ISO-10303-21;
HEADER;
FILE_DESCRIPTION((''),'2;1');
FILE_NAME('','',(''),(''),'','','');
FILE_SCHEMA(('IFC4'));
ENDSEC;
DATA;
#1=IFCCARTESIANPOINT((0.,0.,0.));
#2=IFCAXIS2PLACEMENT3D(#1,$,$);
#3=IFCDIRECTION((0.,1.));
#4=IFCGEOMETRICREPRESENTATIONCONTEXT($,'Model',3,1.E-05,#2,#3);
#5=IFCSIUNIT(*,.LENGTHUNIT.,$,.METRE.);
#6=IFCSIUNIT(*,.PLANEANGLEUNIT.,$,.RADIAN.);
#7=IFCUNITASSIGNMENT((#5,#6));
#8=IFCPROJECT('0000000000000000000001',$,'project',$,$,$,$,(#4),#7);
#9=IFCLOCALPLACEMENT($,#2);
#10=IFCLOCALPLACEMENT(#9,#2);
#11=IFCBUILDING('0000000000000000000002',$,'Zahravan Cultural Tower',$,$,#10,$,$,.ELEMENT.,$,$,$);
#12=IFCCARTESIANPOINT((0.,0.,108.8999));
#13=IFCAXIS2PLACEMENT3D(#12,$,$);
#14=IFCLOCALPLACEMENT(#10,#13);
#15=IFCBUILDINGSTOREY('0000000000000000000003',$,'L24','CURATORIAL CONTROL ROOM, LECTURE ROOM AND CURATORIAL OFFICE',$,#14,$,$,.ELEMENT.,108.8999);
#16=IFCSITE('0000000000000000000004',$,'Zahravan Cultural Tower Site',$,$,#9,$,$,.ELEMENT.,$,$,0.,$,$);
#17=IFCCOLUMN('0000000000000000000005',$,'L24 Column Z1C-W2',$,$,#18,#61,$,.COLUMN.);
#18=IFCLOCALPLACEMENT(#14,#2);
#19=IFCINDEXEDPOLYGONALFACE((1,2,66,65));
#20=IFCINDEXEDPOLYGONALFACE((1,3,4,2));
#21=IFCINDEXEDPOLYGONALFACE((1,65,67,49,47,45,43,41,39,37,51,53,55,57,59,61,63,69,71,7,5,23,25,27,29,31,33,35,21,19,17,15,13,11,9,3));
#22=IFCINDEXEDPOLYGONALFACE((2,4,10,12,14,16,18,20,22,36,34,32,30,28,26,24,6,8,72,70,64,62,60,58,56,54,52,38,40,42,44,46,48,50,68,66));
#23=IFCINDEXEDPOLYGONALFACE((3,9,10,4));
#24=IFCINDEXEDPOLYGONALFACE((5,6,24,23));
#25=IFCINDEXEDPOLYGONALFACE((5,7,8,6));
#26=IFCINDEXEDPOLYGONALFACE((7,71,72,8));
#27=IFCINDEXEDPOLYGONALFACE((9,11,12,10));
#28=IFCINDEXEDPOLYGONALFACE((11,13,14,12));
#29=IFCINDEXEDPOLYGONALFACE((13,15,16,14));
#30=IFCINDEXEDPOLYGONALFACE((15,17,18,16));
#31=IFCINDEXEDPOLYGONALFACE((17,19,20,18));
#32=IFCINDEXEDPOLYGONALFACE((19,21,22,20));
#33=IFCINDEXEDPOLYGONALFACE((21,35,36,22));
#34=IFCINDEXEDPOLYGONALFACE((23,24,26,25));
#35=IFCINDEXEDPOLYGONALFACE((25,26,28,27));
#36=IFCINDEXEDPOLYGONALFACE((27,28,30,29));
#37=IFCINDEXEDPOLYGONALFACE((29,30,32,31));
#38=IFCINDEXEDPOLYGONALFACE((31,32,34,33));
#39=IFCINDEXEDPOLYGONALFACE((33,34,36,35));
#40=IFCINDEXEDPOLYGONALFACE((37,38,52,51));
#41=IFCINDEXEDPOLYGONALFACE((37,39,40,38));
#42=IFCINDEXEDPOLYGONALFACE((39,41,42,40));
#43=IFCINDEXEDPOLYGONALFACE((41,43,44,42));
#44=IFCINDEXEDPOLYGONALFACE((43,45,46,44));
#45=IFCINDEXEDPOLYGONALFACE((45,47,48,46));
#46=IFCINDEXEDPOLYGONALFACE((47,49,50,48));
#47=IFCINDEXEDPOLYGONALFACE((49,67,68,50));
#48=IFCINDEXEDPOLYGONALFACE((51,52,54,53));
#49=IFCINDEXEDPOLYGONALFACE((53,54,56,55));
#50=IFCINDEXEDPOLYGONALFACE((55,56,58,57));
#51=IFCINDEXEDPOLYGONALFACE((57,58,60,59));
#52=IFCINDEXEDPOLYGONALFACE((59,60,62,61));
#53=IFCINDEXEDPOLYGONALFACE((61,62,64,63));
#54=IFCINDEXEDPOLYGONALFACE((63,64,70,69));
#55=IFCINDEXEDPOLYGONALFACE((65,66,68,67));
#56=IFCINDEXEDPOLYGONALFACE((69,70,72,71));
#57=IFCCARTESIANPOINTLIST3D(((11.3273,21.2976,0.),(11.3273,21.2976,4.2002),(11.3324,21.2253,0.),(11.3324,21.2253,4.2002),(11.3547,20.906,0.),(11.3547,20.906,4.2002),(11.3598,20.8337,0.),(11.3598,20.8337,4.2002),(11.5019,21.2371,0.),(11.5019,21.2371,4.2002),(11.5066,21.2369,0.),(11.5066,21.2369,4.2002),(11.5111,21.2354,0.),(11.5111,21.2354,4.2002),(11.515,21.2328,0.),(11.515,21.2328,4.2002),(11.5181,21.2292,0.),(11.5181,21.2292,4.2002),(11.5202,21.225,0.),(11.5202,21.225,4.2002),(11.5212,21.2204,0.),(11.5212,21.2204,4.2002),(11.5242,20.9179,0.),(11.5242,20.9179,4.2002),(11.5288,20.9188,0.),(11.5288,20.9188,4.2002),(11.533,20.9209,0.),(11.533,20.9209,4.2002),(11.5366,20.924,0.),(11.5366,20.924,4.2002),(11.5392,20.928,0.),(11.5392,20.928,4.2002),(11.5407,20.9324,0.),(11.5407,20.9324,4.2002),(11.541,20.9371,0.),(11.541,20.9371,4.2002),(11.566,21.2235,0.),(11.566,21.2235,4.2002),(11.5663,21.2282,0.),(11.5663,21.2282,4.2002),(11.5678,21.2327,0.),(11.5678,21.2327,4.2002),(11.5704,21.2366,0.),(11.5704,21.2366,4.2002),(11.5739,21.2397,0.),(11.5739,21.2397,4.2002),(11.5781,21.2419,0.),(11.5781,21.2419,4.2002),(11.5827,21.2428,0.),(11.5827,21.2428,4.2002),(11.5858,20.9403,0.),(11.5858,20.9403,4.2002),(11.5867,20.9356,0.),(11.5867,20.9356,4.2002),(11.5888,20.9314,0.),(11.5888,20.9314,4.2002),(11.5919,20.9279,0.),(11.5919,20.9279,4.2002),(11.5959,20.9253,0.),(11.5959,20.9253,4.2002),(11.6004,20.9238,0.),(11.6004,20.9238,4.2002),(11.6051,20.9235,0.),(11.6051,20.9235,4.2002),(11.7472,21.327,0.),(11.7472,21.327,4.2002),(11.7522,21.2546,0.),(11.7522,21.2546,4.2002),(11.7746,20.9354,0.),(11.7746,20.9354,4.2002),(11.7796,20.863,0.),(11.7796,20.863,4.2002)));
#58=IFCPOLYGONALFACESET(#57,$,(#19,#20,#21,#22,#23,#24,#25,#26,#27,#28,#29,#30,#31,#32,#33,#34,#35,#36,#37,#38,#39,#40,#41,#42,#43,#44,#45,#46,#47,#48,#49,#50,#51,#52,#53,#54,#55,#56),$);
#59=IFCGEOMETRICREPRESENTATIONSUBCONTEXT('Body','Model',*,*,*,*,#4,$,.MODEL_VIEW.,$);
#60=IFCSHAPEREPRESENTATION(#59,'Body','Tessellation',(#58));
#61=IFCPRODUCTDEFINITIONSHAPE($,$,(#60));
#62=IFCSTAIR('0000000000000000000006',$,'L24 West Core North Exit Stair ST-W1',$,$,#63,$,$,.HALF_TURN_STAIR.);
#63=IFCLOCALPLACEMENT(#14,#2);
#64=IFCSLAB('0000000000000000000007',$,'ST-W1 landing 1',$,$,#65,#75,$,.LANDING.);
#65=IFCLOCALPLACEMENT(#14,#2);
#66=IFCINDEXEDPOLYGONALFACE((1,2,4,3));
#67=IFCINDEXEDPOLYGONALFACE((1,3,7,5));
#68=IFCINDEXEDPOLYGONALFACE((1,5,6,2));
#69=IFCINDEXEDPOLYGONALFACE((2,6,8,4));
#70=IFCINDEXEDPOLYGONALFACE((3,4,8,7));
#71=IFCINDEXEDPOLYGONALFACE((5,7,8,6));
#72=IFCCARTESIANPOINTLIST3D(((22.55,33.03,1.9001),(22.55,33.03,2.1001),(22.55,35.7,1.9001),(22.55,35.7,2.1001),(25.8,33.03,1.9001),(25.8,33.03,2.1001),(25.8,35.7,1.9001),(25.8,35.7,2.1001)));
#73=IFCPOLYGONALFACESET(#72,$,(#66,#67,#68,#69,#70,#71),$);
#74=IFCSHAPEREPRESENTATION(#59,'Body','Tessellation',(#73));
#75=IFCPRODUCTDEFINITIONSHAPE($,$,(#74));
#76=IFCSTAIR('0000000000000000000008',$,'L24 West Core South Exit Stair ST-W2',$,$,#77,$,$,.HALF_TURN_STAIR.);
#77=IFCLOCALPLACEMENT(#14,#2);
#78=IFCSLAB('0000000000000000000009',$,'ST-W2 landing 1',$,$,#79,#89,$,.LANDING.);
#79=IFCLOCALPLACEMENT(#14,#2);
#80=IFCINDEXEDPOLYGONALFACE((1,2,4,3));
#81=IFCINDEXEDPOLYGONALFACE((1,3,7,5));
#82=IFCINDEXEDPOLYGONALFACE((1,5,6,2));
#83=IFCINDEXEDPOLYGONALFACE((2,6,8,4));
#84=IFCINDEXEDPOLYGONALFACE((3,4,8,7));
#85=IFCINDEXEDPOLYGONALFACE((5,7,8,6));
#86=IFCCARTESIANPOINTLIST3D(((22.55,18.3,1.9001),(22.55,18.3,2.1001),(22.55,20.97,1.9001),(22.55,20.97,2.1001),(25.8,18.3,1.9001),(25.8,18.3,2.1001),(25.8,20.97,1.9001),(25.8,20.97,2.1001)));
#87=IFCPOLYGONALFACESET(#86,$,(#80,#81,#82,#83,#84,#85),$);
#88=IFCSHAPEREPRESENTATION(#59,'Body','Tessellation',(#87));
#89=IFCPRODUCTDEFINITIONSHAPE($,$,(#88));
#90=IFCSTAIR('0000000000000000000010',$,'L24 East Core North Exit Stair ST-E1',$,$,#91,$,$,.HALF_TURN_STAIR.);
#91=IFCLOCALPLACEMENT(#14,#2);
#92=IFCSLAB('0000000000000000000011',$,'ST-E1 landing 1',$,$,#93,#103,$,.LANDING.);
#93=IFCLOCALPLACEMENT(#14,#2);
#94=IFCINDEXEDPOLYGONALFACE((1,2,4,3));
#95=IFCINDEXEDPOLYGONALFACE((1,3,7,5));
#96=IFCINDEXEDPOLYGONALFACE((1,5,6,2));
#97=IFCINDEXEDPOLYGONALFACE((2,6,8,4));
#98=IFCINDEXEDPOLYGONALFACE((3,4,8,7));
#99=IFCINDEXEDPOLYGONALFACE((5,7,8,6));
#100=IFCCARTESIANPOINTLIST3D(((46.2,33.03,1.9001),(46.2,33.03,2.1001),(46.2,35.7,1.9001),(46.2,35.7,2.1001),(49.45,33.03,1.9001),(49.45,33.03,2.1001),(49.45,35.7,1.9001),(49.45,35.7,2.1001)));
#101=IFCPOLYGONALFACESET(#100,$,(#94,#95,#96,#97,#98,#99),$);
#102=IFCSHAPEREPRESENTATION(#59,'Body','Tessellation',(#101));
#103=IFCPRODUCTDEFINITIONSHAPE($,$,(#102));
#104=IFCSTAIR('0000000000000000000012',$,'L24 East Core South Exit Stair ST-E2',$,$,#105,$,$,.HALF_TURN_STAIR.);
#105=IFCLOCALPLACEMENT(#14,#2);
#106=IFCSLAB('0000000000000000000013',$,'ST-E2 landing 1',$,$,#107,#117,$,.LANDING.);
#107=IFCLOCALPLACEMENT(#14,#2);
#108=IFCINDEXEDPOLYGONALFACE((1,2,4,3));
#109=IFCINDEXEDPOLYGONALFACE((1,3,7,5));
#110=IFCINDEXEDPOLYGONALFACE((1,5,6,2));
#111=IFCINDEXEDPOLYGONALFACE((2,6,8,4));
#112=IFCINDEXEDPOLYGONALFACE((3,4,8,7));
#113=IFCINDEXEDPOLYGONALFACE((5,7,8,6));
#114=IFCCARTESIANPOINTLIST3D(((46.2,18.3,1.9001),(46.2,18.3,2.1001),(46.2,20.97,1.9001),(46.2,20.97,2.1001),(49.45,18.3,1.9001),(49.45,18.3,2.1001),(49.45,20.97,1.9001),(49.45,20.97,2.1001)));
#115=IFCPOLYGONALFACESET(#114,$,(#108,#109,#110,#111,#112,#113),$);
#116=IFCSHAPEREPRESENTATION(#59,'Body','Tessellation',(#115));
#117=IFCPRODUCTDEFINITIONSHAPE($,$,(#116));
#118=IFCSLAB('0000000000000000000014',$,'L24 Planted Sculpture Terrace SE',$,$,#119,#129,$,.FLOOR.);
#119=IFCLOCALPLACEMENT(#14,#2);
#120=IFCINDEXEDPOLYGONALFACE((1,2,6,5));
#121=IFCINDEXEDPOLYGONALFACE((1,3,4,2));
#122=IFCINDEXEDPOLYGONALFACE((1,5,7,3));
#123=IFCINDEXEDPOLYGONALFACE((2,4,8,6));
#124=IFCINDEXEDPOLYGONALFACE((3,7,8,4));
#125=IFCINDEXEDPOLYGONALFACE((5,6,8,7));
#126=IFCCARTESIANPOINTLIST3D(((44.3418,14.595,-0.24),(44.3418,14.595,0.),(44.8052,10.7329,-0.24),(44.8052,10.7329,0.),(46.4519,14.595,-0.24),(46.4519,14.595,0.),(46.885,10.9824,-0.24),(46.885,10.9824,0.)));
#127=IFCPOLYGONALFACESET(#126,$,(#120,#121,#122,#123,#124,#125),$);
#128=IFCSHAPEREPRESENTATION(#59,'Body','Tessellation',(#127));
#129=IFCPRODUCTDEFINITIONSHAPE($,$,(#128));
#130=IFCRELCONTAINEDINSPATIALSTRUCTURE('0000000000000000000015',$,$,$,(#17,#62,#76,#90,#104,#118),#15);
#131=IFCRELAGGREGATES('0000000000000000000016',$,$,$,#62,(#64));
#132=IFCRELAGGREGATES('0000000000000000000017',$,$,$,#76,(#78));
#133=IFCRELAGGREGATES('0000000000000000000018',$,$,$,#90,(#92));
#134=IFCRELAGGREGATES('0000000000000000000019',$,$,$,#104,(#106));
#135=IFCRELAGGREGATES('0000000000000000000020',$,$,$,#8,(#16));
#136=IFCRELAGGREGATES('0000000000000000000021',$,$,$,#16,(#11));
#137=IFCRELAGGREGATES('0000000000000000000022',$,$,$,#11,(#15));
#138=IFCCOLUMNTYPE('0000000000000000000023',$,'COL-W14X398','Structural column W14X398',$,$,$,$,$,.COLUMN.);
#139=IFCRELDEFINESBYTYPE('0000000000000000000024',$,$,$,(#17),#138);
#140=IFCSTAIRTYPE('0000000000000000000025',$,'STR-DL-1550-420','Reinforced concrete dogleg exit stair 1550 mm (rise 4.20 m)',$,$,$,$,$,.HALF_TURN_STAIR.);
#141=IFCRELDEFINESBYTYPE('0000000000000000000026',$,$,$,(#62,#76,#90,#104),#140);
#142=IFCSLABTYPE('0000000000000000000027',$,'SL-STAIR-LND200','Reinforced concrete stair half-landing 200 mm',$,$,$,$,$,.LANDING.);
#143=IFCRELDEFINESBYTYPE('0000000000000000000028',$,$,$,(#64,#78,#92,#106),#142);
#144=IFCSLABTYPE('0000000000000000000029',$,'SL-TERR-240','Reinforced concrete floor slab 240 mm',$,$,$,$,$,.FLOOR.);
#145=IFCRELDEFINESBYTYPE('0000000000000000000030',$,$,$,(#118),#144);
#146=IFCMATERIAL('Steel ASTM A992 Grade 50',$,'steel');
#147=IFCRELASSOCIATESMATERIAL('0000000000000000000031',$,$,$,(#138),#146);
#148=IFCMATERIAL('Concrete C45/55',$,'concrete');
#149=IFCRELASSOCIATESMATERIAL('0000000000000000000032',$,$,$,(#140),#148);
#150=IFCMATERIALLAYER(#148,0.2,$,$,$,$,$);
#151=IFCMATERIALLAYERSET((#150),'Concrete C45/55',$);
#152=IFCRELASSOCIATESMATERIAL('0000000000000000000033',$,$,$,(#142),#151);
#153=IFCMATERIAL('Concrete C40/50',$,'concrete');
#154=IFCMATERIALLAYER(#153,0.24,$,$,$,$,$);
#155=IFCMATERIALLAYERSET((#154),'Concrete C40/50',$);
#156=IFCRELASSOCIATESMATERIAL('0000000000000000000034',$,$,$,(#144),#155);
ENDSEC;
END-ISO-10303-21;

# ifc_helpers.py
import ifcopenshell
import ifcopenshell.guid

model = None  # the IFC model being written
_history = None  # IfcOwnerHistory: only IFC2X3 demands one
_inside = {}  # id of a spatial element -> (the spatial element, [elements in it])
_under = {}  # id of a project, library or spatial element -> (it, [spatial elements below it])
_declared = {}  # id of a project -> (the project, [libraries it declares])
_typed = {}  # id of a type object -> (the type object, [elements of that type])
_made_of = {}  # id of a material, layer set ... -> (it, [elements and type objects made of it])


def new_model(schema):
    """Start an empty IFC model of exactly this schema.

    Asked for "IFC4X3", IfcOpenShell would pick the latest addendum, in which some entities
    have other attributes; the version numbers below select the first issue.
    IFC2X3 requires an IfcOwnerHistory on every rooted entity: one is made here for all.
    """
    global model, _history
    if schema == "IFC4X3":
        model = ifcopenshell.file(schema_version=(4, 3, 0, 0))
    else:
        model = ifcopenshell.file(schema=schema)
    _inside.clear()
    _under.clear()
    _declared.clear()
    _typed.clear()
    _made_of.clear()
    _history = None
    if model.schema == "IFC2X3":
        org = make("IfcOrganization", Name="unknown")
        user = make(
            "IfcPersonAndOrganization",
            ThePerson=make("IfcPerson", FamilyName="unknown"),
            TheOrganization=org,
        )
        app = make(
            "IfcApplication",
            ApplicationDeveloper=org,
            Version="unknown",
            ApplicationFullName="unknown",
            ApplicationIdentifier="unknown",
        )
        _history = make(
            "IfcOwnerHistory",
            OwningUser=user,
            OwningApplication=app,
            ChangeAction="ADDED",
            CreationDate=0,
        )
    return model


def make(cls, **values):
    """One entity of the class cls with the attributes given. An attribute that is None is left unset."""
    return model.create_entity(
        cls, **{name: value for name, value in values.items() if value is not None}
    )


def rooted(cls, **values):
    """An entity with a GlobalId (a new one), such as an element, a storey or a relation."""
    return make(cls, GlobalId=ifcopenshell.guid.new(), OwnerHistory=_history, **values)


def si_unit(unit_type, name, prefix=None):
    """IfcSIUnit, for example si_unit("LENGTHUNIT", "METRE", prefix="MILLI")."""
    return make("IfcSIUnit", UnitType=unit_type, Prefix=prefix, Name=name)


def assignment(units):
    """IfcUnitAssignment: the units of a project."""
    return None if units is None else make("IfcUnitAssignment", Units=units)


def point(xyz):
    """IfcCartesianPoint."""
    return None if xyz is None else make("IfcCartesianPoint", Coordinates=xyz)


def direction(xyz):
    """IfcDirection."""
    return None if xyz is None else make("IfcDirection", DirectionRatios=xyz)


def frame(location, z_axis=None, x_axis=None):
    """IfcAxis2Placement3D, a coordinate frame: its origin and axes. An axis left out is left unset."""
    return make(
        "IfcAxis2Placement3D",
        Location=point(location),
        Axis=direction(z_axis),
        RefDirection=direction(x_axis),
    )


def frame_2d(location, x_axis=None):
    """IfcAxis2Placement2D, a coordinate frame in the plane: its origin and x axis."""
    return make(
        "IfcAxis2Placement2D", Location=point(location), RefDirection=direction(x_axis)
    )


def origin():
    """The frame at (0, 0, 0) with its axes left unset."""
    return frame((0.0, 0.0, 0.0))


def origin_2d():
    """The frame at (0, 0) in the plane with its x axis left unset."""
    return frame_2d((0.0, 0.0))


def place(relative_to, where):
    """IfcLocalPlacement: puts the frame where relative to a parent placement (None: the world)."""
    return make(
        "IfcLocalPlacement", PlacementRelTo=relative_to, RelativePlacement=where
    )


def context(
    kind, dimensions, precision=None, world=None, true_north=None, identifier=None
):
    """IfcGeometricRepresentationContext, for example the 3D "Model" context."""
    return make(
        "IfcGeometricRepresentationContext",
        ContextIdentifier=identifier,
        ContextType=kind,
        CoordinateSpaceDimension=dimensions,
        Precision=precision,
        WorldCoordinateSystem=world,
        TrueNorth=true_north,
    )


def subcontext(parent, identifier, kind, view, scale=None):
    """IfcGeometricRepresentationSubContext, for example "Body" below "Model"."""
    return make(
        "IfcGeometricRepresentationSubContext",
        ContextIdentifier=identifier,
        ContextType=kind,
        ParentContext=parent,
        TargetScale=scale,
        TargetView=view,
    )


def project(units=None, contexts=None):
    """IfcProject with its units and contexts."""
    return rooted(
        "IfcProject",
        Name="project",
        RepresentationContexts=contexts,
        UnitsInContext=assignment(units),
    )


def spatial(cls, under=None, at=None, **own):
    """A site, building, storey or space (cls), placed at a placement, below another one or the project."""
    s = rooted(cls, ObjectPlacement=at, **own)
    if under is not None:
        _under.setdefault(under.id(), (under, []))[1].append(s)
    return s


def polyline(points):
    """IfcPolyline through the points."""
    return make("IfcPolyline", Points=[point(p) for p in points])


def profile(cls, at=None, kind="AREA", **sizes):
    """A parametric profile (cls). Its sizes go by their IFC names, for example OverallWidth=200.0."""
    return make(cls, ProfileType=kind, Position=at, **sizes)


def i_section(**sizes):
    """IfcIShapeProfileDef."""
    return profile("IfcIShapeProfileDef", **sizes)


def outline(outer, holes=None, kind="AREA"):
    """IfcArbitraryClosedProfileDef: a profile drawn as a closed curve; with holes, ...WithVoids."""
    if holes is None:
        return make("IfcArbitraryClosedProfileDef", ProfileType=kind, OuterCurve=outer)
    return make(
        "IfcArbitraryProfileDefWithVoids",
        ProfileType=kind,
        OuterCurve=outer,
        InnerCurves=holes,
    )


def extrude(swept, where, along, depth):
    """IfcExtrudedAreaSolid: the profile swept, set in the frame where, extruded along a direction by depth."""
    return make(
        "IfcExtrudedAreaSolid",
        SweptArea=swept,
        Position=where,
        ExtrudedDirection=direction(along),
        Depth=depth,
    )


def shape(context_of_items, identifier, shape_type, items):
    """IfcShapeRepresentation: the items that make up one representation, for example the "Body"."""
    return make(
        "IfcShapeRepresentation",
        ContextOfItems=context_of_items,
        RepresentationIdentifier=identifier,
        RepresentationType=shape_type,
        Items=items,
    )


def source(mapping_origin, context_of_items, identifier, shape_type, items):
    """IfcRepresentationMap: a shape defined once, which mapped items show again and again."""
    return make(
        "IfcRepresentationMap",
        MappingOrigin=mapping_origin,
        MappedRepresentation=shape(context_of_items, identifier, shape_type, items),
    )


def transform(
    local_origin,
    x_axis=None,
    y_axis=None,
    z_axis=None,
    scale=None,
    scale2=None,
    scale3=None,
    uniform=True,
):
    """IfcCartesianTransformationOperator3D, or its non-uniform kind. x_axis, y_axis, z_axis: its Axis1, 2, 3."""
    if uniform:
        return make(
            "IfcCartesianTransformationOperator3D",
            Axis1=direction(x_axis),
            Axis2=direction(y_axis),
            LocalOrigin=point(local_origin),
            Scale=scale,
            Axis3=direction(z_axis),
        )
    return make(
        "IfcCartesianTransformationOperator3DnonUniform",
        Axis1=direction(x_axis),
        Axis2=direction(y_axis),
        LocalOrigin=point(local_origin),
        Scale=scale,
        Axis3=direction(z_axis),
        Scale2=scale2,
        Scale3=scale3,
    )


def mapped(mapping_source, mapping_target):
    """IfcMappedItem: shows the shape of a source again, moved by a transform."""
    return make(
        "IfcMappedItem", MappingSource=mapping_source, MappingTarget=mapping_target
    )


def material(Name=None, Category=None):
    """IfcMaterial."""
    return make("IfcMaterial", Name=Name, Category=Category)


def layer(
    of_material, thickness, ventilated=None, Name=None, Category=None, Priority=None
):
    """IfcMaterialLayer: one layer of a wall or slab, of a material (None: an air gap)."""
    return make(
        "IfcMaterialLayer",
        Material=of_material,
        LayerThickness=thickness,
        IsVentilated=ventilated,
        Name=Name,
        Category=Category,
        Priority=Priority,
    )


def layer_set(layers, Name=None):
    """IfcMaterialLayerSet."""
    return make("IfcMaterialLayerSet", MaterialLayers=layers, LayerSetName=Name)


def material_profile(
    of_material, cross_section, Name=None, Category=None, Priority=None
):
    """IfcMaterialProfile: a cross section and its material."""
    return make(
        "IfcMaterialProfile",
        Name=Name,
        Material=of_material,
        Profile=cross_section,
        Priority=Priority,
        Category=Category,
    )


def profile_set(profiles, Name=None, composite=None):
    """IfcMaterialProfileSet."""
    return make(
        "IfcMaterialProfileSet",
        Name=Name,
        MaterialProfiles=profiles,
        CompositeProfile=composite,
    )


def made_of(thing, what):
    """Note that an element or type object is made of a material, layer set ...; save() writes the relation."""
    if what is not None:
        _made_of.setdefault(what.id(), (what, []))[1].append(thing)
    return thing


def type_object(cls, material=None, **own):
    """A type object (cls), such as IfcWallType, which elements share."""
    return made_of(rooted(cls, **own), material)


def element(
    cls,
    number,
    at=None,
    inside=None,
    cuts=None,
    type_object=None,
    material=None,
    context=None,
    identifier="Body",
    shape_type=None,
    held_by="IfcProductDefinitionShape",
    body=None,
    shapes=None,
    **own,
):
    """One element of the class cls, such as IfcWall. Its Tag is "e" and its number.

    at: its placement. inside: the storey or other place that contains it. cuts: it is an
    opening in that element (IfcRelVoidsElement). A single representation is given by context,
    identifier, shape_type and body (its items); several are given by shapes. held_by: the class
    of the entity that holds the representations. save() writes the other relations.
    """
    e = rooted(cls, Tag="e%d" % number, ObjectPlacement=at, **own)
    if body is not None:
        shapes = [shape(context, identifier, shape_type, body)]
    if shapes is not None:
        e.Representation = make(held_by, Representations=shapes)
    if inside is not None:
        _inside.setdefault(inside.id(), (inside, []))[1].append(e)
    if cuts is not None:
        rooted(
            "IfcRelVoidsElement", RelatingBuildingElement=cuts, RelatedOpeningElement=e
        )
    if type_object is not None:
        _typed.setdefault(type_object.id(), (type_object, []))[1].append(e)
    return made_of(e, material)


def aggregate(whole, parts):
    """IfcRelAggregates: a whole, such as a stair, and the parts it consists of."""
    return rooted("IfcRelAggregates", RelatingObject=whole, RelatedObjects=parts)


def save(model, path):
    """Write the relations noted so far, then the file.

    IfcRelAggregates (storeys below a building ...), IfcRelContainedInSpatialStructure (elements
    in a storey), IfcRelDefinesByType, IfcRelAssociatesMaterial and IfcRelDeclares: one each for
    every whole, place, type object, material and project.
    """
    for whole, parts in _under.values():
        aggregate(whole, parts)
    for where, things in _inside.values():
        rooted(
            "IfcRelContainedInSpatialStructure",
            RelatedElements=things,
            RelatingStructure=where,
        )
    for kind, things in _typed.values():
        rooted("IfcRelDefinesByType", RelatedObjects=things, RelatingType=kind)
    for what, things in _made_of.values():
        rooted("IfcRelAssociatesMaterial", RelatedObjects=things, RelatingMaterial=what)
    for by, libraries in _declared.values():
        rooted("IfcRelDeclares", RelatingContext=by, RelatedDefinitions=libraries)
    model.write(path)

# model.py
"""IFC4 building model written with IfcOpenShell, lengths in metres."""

from ifc_helpers import new_model, si_unit, direction, frame, origin, origin_2d, place, context, subcontext, project, spatial, polyline, i_section, outline, extrude, source, transform, mapped, material, layer, layer_set, material_profile, profile_set, type_object, element, aggregate, save


model = new_model("IFC4")

# Units and contexts
model_context = context("Model", 3, precision=1e-05, world=origin(), true_north=direction((0.0, 1.0)))
body_context = subcontext(model_context, "Body", "Model", "MODEL_VIEW")
ifc_project = project(units=[si_unit("LENGTHUNIT", "METRE"), si_unit("PLANEANGLEUNIT", "RADIAN")], contexts=[model_context])

# Site, building, storey
site_placement = place(None, origin())
site = spatial("IfcSite", under=ifc_project, at=site_placement, Name="Zahravan Cultural Tower Site", CompositionType="ELEMENT", RefElevation=0.0)
building_placement = place(site_placement, origin())
building = spatial("IfcBuilding", under=site, at=building_placement, Name="Zahravan Cultural Tower", CompositionType="ELEMENT")
storey_placement = place(building_placement, frame((0.0, 0.0, 108.8999)))
storey = spatial("IfcBuildingStorey", under=building, at=storey_placement, Name="L24", Description="CURATORIAL CONTROL ROOM, LECTURE ROOM AND CURATORIAL OFFICE", CompositionType="ELEMENT", Elevation=108.8999)

# Column
ifc_material_1 = material(Name="Steel ASTM A992 Grade 50", Category="steel")
ifc_material_profile = material_profile(ifc_material_1, i_section(OverallWidth=0.4209, OverallDepth=0.4651, WebThickness=0.0449, FlangeThickness=0.0725, FilletRadius=0.0181, at=origin_2d()), Name="W14X398")
ifc_profile_set = profile_set([ifc_material_profile], Name="Steel ASTM A992 Grade 50")
column_type = type_object("IfcColumnType", Name="COL-W14X398", Description="Structural column W14X398", PredefinedType="COLUMN", material=ifc_profile_set)
shared_shape_1 = source(origin(), body_context, "Body", "SweptSolid", [
    extrude(i_section(OverallWidth=0.4209, OverallDepth=0.4651, WebThickness=0.0449, FlangeThickness=0.0725, FilletRadius=0.0181, at=origin_2d()), origin(), (0.0, 0.0, 1.0), 4.2002),
])
column_placement = place(storey_placement, frame((11.5535, 21.0803, 0.0), z_axis=(0.0, 0.0, 1.0), x_axis=(0.997564, 0.069756, 0.0)))
element("IfcColumn", 1, at=column_placement, inside=storey, type_object=column_type, Name="L24 Column Z1C-W2", PredefinedType="COLUMN", context=body_context, shape_type="MappedRepresentation", body=[
    mapped(shared_shape_1, transform((0.0, 0.0, 0.0), x_axis=(1.0, 0.0, 0.0), y_axis=(0.0, 1.0, 0.0), z_axis=(0.0, 0.0, 1.0), scale=1.0)),
])

# Stairs, slabs
ifc_material_2 = material(Name="Concrete C45/55", Category="concrete")
stair_type = type_object("IfcStairType", Name="STR-DL-1550-420", Description="Reinforced concrete dogleg exit stair 1550 mm (rise 4.20 m)", PredefinedType="HALF_TURN_STAIR", material=ifc_material_2)
stair_1_placement = place(storey_placement, origin())
stair_1 = element("IfcStair", 2, at=stair_1_placement, inside=storey, type_object=stair_type, Name="L24 West Core North Exit Stair ST-W1", PredefinedType="HALF_TURN_STAIR")
ifc_layer_1 = layer(ifc_material_2, 0.2)
ifc_layer_set_1 = layer_set([ifc_layer_1], Name="Concrete C45/55")
slab_type_1 = type_object("IfcSlabType", Name="SL-STAIR-LND200", Description="Reinforced concrete stair half-landing 200 mm", PredefinedType="LANDING", material=ifc_layer_set_1)
slab_1_placement = place(storey_placement, frame((0.0, 0.0, 1.9001)))
slab_1 = element("IfcSlab", 3, at=slab_1_placement, type_object=slab_type_1, Name="ST-W1 landing 1", PredefinedType="LANDING", context=body_context, shape_type="SweptSolid", body=[
    extrude(outline(polyline([(25.8, 33.03), (25.8, 35.7), (22.55, 35.7), (22.55, 33.03), (25.8, 33.03)])), origin(), (0.0, 0.0, 1.0), 0.2),
])
aggregate(stair_1, [slab_1])
stair_2_placement = place(storey_placement, origin())
stair_2 = element("IfcStair", 4, at=stair_2_placement, inside=storey, type_object=stair_type, Name="L24 West Core South Exit Stair ST-W2", PredefinedType="HALF_TURN_STAIR")
slab_2_placement = place(storey_placement, frame((0.0, 0.0, 1.9001)))
slab_2 = element("IfcSlab", 5, at=slab_2_placement, type_object=slab_type_1, Name="ST-W2 landing 1", PredefinedType="LANDING", context=body_context, shape_type="SweptSolid", body=[
    extrude(outline(polyline([(22.55, 20.97), (22.55, 18.3), (25.8, 18.3), (25.8, 20.97), (22.55, 20.97)])), origin(), (0.0, 0.0, 1.0), 0.2),
])
aggregate(stair_2, [slab_2])
stair_3_placement = place(storey_placement, origin())
stair_3 = element("IfcStair", 6, at=stair_3_placement, inside=storey, type_object=stair_type, Name="L24 East Core North Exit Stair ST-E1", PredefinedType="HALF_TURN_STAIR")
slab_3_placement = place(storey_placement, frame((0.0, 0.0, 1.9001)))
slab_3 = element("IfcSlab", 7, at=slab_3_placement, type_object=slab_type_1, Name="ST-E1 landing 1", PredefinedType="LANDING", context=body_context, shape_type="SweptSolid", body=[
    extrude(outline(polyline([(49.45, 33.03), (49.45, 35.7), (46.2, 35.7), (46.2, 33.03), (49.45, 33.03)])), origin(), (0.0, 0.0, 1.0), 0.2),
])
aggregate(stair_3, [slab_3])
stair_4_placement = place(storey_placement, origin())
stair_4 = element("IfcStair", 8, at=stair_4_placement, inside=storey, type_object=stair_type, Name="L24 East Core South Exit Stair ST-E2", PredefinedType="HALF_TURN_STAIR")
slab_4_placement = place(storey_placement, frame((0.0, 0.0, 1.9001)))
slab_4 = element("IfcSlab", 9, at=slab_4_placement, type_object=slab_type_1, Name="ST-E2 landing 1", PredefinedType="LANDING", context=body_context, shape_type="SweptSolid", body=[
    extrude(outline(polyline([(46.2, 20.97), (46.2, 18.3), (49.45, 18.3), (49.45, 20.97), (46.2, 20.97)])), origin(), (0.0, 0.0, 1.0), 0.2),
])
aggregate(stair_4, [slab_4])

# Slab
ifc_material_3 = material(Name="Concrete C40/50", Category="concrete")
ifc_layer_2 = layer(ifc_material_3, 0.24)
ifc_layer_set_2 = layer_set([ifc_layer_2], Name="Concrete C40/50")
slab_type_2 = type_object("IfcSlabType", Name="SL-TERR-240", Description="Reinforced concrete floor slab 240 mm", PredefinedType="FLOOR", material=ifc_layer_set_2)
slab_5_placement = place(storey_placement, frame((0.0, 0.0, -0.24)))
element("IfcSlab", 10, at=slab_5_placement, inside=storey, type_object=slab_type_2, Name="L24 Planted Sculpture Terrace SE", PredefinedType="FLOOR", context=body_context, shape_type="SweptSolid", body=[
    extrude(outline(polyline([(46.885, 10.9824), (46.4519, 14.595), (44.3418, 14.595), (44.8052, 10.7329), (46.885, 10.9824)])), origin(), (0.0, 0.0, 1.0), 0.24),
])

save(model, "model.ifc")
